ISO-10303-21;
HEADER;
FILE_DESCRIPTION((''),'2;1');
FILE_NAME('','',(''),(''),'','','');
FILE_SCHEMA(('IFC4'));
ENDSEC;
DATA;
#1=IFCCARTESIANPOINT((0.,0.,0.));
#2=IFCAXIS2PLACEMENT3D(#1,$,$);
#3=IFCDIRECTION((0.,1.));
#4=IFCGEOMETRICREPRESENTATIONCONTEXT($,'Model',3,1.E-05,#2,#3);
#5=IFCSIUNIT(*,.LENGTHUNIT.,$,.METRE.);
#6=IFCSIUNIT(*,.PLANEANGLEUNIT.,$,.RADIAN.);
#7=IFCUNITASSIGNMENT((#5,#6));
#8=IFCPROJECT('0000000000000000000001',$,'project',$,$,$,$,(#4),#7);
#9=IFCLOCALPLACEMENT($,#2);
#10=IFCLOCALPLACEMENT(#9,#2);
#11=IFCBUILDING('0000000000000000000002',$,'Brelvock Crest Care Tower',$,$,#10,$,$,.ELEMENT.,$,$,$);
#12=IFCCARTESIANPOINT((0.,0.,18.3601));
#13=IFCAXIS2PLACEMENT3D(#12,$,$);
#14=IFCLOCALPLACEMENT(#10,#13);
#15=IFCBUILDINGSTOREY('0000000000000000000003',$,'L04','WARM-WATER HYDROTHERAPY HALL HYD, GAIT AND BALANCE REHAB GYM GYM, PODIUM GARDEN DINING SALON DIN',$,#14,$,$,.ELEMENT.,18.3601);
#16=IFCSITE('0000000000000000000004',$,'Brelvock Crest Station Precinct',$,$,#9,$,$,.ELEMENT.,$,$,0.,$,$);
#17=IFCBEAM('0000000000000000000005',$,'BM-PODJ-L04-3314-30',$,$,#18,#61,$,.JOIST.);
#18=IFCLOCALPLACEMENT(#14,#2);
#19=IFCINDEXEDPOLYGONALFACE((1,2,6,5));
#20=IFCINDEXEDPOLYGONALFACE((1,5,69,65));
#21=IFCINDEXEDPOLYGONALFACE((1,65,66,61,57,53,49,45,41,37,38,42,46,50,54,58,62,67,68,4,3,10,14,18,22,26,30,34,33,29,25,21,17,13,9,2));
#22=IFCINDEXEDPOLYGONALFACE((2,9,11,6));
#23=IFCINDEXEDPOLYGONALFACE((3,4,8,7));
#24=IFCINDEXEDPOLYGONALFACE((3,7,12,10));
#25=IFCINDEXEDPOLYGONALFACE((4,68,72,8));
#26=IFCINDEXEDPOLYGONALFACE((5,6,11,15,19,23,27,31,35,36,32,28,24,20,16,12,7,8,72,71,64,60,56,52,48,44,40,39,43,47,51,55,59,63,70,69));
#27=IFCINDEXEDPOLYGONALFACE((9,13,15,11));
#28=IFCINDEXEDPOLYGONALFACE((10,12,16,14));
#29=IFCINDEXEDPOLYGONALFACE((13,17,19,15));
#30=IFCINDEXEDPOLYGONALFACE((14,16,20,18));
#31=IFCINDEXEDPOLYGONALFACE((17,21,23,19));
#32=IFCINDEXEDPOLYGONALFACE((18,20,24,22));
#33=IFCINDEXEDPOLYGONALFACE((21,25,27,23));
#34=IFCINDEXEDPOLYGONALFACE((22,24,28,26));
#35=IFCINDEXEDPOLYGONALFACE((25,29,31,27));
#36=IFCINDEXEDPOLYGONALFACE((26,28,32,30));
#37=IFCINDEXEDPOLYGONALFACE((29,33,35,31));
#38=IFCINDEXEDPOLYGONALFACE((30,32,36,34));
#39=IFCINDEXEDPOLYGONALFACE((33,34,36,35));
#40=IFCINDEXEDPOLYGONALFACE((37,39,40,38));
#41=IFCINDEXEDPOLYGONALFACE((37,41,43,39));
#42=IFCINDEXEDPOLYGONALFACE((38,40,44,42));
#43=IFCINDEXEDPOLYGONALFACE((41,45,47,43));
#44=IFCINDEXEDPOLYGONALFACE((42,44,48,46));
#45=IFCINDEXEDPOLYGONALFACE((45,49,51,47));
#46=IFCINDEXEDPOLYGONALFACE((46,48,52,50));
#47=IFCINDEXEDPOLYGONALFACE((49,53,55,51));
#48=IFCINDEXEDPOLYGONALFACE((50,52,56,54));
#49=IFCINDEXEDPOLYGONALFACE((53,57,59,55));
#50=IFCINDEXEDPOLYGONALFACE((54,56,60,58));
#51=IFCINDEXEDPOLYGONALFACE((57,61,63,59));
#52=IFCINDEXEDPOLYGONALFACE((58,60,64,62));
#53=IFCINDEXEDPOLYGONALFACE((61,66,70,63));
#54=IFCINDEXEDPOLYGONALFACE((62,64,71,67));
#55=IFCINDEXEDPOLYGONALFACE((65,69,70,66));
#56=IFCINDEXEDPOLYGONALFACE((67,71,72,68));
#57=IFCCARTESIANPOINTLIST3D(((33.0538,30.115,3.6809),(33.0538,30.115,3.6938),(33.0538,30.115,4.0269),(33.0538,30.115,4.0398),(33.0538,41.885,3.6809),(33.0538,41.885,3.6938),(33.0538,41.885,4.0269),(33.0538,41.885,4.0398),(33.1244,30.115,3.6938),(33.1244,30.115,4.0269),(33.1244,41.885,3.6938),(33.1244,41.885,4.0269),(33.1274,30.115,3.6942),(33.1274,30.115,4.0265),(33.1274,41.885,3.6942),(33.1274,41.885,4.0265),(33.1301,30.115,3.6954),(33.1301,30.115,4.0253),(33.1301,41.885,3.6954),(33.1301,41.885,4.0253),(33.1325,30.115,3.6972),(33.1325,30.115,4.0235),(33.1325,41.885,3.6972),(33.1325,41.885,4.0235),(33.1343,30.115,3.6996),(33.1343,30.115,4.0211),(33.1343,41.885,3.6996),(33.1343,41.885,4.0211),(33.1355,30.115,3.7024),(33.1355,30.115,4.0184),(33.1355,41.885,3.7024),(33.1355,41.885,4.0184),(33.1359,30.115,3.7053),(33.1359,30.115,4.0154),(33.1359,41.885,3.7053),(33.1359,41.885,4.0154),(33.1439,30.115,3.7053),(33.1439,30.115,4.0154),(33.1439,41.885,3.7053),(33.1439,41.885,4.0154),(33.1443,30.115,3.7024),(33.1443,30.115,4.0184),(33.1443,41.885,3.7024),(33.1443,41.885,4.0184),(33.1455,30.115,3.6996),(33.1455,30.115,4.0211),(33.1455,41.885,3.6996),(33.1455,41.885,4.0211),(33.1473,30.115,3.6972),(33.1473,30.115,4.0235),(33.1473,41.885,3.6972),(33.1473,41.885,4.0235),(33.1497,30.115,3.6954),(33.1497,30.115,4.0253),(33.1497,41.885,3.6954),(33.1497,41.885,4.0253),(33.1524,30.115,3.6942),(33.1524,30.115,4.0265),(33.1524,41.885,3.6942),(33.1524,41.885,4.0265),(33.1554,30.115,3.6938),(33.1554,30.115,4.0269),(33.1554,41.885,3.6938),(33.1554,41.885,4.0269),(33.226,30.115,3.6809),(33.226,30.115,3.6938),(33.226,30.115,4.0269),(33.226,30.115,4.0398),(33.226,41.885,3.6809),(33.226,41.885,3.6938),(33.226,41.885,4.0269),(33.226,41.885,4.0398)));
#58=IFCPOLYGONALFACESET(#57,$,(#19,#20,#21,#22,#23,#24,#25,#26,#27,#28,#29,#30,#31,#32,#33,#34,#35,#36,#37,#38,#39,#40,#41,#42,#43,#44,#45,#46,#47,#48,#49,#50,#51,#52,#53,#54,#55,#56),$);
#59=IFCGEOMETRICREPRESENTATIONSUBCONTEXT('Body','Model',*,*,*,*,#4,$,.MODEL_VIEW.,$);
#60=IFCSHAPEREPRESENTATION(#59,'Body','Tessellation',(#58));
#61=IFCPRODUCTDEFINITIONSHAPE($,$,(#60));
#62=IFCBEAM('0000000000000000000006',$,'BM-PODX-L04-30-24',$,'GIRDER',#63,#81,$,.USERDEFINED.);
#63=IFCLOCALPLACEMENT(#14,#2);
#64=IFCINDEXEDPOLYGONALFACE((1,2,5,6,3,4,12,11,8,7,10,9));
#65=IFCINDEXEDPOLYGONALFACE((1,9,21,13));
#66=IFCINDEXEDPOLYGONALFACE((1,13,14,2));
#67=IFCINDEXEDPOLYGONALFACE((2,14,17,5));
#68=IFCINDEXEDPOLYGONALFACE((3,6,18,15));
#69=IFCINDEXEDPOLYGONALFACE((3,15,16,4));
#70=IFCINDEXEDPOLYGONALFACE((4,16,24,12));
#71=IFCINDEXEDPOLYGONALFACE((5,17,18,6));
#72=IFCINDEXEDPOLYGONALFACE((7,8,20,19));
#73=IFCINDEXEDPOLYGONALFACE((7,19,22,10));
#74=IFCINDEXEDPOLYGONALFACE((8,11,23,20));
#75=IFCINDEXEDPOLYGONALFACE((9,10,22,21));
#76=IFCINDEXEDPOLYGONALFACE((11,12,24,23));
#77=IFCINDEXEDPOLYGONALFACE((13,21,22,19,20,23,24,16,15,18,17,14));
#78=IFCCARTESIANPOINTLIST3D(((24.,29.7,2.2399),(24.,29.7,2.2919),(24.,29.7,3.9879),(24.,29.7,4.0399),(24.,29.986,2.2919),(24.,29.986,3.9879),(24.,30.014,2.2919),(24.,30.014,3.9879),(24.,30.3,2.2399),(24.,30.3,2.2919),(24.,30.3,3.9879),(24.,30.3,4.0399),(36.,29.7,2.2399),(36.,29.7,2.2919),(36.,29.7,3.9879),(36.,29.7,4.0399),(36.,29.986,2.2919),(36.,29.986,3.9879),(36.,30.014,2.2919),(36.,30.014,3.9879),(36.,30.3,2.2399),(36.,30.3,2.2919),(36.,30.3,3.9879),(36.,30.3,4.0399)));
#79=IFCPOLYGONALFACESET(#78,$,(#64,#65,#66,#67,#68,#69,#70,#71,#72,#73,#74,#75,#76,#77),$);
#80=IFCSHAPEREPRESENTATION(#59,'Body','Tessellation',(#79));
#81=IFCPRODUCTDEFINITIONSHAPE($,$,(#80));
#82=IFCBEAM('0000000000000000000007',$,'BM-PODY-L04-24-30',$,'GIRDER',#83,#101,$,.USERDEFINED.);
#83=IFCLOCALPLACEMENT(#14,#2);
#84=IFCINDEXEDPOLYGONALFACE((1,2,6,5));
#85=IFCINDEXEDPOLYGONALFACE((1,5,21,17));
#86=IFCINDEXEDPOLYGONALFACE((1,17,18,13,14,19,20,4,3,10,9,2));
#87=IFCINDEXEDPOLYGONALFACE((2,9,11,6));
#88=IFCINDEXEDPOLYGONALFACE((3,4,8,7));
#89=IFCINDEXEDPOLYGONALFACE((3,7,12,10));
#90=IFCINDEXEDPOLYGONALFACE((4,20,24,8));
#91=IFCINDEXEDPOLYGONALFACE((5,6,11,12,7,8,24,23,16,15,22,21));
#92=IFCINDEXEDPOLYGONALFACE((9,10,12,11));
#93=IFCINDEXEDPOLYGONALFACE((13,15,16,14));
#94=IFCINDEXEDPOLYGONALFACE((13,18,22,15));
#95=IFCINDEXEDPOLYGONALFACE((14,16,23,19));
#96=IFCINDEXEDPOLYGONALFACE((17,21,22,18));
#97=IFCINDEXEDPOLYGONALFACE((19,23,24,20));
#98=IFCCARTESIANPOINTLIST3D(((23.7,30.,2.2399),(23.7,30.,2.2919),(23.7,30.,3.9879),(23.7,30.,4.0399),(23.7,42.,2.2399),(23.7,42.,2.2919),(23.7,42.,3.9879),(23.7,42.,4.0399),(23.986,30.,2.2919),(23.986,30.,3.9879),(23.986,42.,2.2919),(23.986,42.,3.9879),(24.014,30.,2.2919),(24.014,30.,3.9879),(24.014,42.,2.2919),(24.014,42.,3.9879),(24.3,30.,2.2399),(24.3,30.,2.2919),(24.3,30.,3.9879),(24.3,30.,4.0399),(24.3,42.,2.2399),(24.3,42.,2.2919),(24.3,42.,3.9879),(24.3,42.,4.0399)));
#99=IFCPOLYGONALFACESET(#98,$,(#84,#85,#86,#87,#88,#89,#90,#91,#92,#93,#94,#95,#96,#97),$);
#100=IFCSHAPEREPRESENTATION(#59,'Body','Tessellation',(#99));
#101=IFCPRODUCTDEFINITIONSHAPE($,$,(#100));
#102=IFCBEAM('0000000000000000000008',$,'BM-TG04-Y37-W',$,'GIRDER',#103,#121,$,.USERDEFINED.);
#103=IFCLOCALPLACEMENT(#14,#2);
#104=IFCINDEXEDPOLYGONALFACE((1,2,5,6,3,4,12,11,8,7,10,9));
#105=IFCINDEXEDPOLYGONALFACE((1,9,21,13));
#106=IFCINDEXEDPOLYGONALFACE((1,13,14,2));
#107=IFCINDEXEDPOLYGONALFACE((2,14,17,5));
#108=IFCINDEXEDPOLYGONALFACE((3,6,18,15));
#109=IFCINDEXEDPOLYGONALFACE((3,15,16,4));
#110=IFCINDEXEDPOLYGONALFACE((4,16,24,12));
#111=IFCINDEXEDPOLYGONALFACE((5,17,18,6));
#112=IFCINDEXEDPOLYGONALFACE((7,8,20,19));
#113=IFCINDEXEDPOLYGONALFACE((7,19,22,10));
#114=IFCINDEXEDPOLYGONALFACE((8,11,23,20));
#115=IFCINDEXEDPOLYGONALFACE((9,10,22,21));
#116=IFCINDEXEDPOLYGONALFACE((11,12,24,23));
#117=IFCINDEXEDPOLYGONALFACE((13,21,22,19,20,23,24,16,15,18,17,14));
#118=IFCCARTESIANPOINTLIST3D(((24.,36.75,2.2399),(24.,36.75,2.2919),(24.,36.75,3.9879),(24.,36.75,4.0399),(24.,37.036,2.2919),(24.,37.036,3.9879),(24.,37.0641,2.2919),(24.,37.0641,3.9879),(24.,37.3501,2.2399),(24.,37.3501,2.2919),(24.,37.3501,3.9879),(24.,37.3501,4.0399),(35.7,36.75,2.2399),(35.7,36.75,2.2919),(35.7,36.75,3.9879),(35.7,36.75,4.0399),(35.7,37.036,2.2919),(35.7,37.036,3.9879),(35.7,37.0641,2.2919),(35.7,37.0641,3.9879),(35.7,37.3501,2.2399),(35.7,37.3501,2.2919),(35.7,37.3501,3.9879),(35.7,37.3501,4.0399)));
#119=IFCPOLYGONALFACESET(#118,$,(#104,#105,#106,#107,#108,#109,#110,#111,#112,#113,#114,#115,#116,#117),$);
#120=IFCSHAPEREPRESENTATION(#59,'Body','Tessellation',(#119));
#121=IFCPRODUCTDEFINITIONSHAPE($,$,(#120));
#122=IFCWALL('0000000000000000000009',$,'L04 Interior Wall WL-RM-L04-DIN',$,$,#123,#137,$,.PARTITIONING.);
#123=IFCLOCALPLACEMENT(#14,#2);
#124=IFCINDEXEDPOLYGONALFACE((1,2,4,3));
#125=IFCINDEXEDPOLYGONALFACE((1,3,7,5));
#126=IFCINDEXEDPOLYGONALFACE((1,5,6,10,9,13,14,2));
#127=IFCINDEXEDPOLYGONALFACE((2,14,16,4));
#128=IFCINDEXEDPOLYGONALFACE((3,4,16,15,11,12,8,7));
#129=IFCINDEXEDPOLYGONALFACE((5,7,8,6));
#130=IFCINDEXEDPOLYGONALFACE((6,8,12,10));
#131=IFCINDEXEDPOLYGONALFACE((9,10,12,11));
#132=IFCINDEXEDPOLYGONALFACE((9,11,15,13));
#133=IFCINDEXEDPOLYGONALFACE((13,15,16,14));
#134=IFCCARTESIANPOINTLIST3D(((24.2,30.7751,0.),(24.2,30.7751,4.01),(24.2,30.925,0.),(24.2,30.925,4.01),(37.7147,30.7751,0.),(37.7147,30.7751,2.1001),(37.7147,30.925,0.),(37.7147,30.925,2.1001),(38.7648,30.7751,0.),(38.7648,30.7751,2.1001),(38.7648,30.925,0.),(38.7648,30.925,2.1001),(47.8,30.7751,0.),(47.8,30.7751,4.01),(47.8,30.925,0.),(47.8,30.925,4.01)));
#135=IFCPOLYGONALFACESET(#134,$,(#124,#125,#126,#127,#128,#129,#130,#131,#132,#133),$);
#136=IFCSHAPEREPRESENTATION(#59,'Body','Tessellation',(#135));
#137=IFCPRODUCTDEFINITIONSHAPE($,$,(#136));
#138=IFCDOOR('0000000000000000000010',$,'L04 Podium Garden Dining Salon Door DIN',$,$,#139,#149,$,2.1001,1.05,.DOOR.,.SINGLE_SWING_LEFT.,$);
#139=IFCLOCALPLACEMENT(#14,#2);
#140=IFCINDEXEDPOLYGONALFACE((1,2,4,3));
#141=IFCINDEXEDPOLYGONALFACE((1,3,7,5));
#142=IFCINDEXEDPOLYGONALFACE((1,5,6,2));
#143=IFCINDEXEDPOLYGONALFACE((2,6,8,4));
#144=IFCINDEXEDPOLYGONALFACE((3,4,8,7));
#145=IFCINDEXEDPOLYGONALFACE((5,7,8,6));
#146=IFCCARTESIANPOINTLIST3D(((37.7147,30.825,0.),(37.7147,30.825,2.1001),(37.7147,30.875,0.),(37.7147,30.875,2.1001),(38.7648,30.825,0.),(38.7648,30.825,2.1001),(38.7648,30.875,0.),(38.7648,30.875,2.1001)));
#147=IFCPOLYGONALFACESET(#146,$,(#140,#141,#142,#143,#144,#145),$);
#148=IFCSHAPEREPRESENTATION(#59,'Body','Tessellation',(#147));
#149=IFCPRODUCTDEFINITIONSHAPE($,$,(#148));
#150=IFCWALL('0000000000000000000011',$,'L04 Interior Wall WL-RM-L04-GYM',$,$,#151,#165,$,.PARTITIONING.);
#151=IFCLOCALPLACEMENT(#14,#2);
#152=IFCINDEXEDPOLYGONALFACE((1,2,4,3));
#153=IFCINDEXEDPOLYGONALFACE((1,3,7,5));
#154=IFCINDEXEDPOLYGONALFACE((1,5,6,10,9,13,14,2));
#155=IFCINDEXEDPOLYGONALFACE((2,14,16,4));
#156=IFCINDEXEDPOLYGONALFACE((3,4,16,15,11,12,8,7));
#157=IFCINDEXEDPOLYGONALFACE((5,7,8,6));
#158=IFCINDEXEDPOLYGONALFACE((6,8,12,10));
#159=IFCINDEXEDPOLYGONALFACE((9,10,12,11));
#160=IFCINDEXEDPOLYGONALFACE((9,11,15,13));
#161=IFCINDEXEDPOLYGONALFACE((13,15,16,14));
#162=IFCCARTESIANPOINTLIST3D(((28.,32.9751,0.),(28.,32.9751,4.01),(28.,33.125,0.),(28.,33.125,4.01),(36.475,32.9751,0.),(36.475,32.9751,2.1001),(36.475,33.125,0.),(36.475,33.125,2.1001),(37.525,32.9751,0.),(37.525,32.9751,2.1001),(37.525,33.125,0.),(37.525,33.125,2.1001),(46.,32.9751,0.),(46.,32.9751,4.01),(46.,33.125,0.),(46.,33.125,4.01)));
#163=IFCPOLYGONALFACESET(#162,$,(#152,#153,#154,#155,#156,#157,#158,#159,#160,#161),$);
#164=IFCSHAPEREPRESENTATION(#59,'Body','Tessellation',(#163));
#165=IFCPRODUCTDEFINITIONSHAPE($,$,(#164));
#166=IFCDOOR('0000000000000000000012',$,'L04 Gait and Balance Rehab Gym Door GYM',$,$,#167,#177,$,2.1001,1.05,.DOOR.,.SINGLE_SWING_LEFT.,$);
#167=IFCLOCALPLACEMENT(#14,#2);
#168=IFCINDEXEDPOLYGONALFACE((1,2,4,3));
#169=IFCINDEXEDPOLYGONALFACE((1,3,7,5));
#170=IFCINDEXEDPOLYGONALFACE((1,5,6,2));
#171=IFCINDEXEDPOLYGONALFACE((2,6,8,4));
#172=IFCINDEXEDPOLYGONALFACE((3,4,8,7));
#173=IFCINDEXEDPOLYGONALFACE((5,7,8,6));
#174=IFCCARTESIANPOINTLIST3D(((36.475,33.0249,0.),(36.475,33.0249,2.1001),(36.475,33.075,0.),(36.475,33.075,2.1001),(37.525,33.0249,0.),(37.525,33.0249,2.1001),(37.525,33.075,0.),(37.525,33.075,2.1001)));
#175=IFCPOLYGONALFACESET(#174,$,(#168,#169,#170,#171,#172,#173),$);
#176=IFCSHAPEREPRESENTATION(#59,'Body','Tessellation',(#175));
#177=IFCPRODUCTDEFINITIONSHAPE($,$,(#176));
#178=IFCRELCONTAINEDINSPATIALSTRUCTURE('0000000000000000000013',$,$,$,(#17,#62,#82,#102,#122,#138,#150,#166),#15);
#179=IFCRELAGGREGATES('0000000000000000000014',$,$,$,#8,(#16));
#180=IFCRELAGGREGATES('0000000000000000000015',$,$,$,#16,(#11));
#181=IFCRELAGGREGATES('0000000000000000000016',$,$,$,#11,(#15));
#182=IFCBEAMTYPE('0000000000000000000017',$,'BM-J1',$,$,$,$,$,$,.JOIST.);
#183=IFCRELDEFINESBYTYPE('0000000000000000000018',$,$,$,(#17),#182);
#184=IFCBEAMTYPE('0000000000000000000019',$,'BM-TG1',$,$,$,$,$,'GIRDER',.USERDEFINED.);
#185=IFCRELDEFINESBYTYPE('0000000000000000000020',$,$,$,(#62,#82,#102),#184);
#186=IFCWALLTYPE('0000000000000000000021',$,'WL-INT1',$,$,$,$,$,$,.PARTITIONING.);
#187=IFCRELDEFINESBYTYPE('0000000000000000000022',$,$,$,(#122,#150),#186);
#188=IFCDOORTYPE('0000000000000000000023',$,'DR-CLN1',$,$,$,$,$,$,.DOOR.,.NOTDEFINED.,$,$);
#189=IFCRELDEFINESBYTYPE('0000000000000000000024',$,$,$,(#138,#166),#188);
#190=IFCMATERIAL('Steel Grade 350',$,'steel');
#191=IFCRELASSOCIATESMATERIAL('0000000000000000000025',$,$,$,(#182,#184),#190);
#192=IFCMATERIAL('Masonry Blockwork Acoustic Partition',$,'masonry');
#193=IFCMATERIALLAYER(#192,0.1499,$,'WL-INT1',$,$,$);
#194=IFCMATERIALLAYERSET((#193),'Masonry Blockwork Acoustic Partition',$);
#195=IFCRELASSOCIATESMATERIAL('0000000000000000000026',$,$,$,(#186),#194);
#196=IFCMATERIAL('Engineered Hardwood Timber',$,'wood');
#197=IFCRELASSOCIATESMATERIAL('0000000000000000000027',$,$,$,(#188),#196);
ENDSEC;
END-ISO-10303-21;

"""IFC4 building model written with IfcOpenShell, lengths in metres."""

from ifc_helpers import new_model, si_unit, direction, frame, frame_2d, origin, origin_2d, place, context, subcontext, project, spatial, rectangle, i_section, extrude, source, transform, mapped, material, layer, layer_set, material_profile, profile_set, type_object, element, fill, save


model = new_model("IFC4")

# Units and contexts
model_context = context("Model", 3, precision=1e-05, world=origin(), true_north=direction((0.0, 1.0)))
body_context = subcontext(model_context, "Body", "Model", "MODEL_VIEW")
ifc_project = project(units=[si_unit("LENGTHUNIT", "METRE"), si_unit("PLANEANGLEUNIT", "RADIAN")], contexts=[model_context])

# Site, building, storey
site_placement = place(None, origin())
site = spatial("IfcSite", under=ifc_project, at=site_placement, Name="Brelvock Crest Station Precinct", CompositionType="ELEMENT", RefElevation=0.0)
building_placement = place(site_placement, origin())
building = spatial("IfcBuilding", under=site, at=building_placement, Name="Brelvock Crest Care Tower", CompositionType="ELEMENT")
storey_placement = place(building_placement, frame((0.0, 0.0, 18.3601)))
storey = spatial("IfcBuildingStorey", under=building, at=storey_placement, Name="L04", Description="WARM-WATER HYDROTHERAPY HALL HYD, GAIT AND BALANCE REHAB GYM GYM, PODIUM GARDEN DINING SALON DIN", CompositionType="ELEMENT", Elevation=18.3601)

# Shared definitions
ifc_material_1 = material(Name="Steel Grade 350", Category="steel")

# Beams
ifc_material_profile_1 = material_profile(ifc_material_1, i_section(OverallWidth=0.1721, OverallDepth=0.3589, WebThickness=0.0081, FlangeThickness=0.0129, FilletRadius=0.0115, at=origin_2d()), Name="360UB56.7")
ifc_profile_set_1 = profile_set([ifc_material_profile_1], Name="Steel Grade 350")
beam_type_1 = type_object("IfcBeamType", Name="BM-J1", PredefinedType="JOIST", material=ifc_profile_set_1)
shared_shape_1 = source(origin(), body_context, "Body", "SweptSolid", [
    extrude(i_section(OverallWidth=0.1721, OverallDepth=0.3589, WebThickness=0.0081, FlangeThickness=0.0129, FilletRadius=0.0115, at=origin_2d()), origin(), (0.0, 0.0, 1.0), 11.77),
])
for number, where, z_axis, x_axis, name in (
    (1, (33.1399, 30.115, 3.8604), (0.0, 1.0, 0.0), (-1.0, 0.0, 0.0), "BM-PODJ-L04-3314-30"),
):
    element("IfcBeam", number, at=place(storey_placement, frame(where, z_axis=z_axis, x_axis=x_axis)), inside=storey, type_object=beam_type_1, Name=name, PredefinedType="JOIST", context=body_context, shape_type="MappedRepresentation", body=[
        mapped(shared_shape_1, transform((0.0, 0.0, 0.0), x_axis=(1.0, 0.0, 0.0), y_axis=(0.0, 1.0, 0.0), z_axis=(0.0, 0.0, 1.0), scale=1.0)),
    ])
ifc_material_profile_2 = material_profile(ifc_material_1, i_section(OverallWidth=0.6001, OverallDepth=1.8, WebThickness=0.0281, FlangeThickness=0.052, at=origin_2d()), Name="1800TG740")
ifc_profile_set_2 = profile_set([ifc_material_profile_2], Name="Steel Grade 350")
beam_type_2 = type_object("IfcBeamType", Name="BM-TG1", ElementType="GIRDER", PredefinedType="USERDEFINED", material=ifc_profile_set_2)
shared_shape_2 = source(origin(), body_context, "Body", "SweptSolid", [
    extrude(i_section(OverallWidth=0.6001, OverallDepth=1.8, WebThickness=0.0281, FlangeThickness=0.052, at=origin_2d()), origin(), (0.0, 0.0, 1.0), 12.0),
])
for number, where, z_axis, x_axis, name in (
    (2, (24.0, 30.0, 3.1399), (1.0, 0.0, 0.0), (0.0, 1.0, 0.0), "BM-PODX-L04-30-24"),
    (3, (24.0, 30.0, 3.1399), (0.0, 1.0, 0.0), (-1.0, 0.0, 0.0), "BM-PODY-L04-24-30"),
):
    element("IfcBeam", number, at=place(storey_placement, frame(where, z_axis=z_axis, x_axis=x_axis)), inside=storey, type_object=beam_type_2, Name=name, ObjectType="GIRDER", PredefinedType="USERDEFINED", context=body_context, shape_type="MappedRepresentation", body=[
        mapped(shared_shape_2, transform((0.0, 0.0, 0.0), x_axis=(1.0, 0.0, 0.0), y_axis=(0.0, 1.0, 0.0), z_axis=(0.0, 0.0, 1.0), scale=1.0)),
    ])
shared_shape_3 = source(origin(), body_context, "Body", "SweptSolid", [
    extrude(i_section(OverallWidth=0.6001, OverallDepth=1.8, WebThickness=0.0281, FlangeThickness=0.052, at=origin_2d()), origin(), (0.0, 0.0, 1.0), 11.7),
])
beam_placement = place(storey_placement, frame((24.0, 37.05, 3.1399), z_axis=(1.0, 0.0, 0.0), x_axis=(0.0, 1.0, 0.0)))
element("IfcBeam", 4, at=beam_placement, inside=storey, type_object=beam_type_2, Name="BM-TG04-Y37-W", ObjectType="GIRDER", PredefinedType="USERDEFINED", context=body_context, shape_type="MappedRepresentation", body=[
    mapped(shared_shape_3, transform((0.0, 0.0, 0.0), x_axis=(1.0, 0.0, 0.0), y_axis=(0.0, 1.0, 0.0), z_axis=(0.0, 0.0, 1.0), scale=1.0)),
])

# Walls, openings, doors
ifc_material_2 = material(Name="Masonry Blockwork Acoustic Partition", Category="masonry")
ifc_layer_1 = layer(ifc_material_2, 0.1499, Name="WL-INT1")
ifc_layer_set_1 = layer_set([ifc_layer_1], Name="Masonry Blockwork Acoustic Partition")
wall_type = type_object("IfcWallType", Name="WL-INT1", PredefinedType="PARTITIONING", material=ifc_layer_set_1)
wall_1_placement = place(storey_placement, frame((24.2, 30.8501, 0.0), z_axis=(0.0, 0.0, 1.0), x_axis=(1.0, 0.0, 0.0)))
wall_1 = element("IfcWall", 5, at=wall_1_placement, inside=storey, type_object=wall_type, Name="L04 Interior Wall WL-RM-L04-DIN", PredefinedType="PARTITIONING", context=body_context, shape_type="SweptSolid", body=[
    extrude(rectangle(XDim=23.6001, YDim=0.1499, at=frame_2d((11.8, 0.0))), origin(), (0.0, 0.0, 1.0), 4.01),
])
opening_1_placement = place(wall_1_placement, frame((13.5149, 0.0, 0.0)))
opening_1 = element("IfcOpeningElement", 6, at=opening_1_placement, cuts=wall_1, PredefinedType="OPENING", context=body_context, shape_type="SweptSolid", body=[
    extrude(rectangle(XDim=1.05, YDim=2.1001, at=origin_2d()), frame((0.5249, 0.085, 1.05), z_axis=(0.0, -1.0, 0.0), x_axis=(1.0, 0.0, 0.0)), (0.0, 0.0, 1.0), 0.1699),
])
ifc_material_3 = material(Name="Engineered Hardwood Timber", Category="wood")
door_type = type_object("IfcDoorType", Name="DR-CLN1", OperationType="NOTDEFINED", PredefinedType="DOOR", material=ifc_material_3)
shared_shape_4 = source(origin(), body_context, "Body", "SweptSolid", [
    extrude(rectangle(XDim=1.05, YDim=2.1001, at=origin_2d()), frame((0.5249, 0.0249, 1.05), z_axis=(0.0, -1.0, 0.0), x_axis=(1.0, 0.0, 0.0)), (0.0, 0.0, 1.0), 0.05),
])
door_1_placement = place(opening_1_placement, origin())
door_1 = element("IfcDoor", 7, at=door_1_placement, inside=storey, type_object=door_type, Name="L04 Podium Garden Dining Salon Door DIN", OperationType="SINGLE_SWING_LEFT", OverallHeight=2.1001, OverallWidth=1.05, PredefinedType="DOOR", context=body_context, shape_type="MappedRepresentation", body=[
    mapped(shared_shape_4, transform((0.0, 0.0, 0.0), x_axis=(1.0, 0.0, 0.0), y_axis=(0.0, 1.0, 0.0), z_axis=(0.0, 0.0, 1.0), scale=1.0)),
])
fill(opening_1, door_1)
wall_2_placement = place(storey_placement, frame((28.0, 33.05, 0.0), z_axis=(0.0, 0.0, 1.0), x_axis=(1.0, 0.0, 0.0)))
wall_2 = element("IfcWall", 8, at=wall_2_placement, inside=storey, type_object=wall_type, Name="L04 Interior Wall WL-RM-L04-GYM", PredefinedType="PARTITIONING", context=body_context, shape_type="SweptSolid", body=[
    extrude(rectangle(XDim=18.0, YDim=0.1499, at=frame_2d((9.0, 0.0))), origin(), (0.0, 0.0, 1.0), 4.01),
])
opening_2_placement = place(wall_2_placement, frame((8.4751, 0.0, 0.0)))
opening_2 = element("IfcOpeningElement", 9, at=opening_2_placement, cuts=wall_2, PredefinedType="OPENING", context=body_context, shape_type="SweptSolid", body=[
    extrude(rectangle(XDim=1.05, YDim=2.1001, at=origin_2d()), frame((0.5249, 0.085, 1.05), z_axis=(0.0, -1.0, 0.0), x_axis=(1.0, 0.0, 0.0)), (0.0, 0.0, 1.0), 0.1699),
])
door_2_placement = place(opening_2_placement, origin())
door_2 = element("IfcDoor", 10, at=door_2_placement, inside=storey, type_object=door_type, Name="L04 Gait and Balance Rehab Gym Door GYM", OperationType="SINGLE_SWING_LEFT", OverallHeight=2.1001, OverallWidth=1.05, PredefinedType="DOOR", context=body_context, shape_type="MappedRepresentation", body=[
    mapped(shared_shape_4, transform((0.0, 0.0, 0.0), x_axis=(1.0, 0.0, 0.0), y_axis=(0.0, 1.0, 0.0), z_axis=(0.0, 0.0, 1.0), scale=1.0)),
])
fill(opening_2, door_2)

save(model, "model.ifc")
